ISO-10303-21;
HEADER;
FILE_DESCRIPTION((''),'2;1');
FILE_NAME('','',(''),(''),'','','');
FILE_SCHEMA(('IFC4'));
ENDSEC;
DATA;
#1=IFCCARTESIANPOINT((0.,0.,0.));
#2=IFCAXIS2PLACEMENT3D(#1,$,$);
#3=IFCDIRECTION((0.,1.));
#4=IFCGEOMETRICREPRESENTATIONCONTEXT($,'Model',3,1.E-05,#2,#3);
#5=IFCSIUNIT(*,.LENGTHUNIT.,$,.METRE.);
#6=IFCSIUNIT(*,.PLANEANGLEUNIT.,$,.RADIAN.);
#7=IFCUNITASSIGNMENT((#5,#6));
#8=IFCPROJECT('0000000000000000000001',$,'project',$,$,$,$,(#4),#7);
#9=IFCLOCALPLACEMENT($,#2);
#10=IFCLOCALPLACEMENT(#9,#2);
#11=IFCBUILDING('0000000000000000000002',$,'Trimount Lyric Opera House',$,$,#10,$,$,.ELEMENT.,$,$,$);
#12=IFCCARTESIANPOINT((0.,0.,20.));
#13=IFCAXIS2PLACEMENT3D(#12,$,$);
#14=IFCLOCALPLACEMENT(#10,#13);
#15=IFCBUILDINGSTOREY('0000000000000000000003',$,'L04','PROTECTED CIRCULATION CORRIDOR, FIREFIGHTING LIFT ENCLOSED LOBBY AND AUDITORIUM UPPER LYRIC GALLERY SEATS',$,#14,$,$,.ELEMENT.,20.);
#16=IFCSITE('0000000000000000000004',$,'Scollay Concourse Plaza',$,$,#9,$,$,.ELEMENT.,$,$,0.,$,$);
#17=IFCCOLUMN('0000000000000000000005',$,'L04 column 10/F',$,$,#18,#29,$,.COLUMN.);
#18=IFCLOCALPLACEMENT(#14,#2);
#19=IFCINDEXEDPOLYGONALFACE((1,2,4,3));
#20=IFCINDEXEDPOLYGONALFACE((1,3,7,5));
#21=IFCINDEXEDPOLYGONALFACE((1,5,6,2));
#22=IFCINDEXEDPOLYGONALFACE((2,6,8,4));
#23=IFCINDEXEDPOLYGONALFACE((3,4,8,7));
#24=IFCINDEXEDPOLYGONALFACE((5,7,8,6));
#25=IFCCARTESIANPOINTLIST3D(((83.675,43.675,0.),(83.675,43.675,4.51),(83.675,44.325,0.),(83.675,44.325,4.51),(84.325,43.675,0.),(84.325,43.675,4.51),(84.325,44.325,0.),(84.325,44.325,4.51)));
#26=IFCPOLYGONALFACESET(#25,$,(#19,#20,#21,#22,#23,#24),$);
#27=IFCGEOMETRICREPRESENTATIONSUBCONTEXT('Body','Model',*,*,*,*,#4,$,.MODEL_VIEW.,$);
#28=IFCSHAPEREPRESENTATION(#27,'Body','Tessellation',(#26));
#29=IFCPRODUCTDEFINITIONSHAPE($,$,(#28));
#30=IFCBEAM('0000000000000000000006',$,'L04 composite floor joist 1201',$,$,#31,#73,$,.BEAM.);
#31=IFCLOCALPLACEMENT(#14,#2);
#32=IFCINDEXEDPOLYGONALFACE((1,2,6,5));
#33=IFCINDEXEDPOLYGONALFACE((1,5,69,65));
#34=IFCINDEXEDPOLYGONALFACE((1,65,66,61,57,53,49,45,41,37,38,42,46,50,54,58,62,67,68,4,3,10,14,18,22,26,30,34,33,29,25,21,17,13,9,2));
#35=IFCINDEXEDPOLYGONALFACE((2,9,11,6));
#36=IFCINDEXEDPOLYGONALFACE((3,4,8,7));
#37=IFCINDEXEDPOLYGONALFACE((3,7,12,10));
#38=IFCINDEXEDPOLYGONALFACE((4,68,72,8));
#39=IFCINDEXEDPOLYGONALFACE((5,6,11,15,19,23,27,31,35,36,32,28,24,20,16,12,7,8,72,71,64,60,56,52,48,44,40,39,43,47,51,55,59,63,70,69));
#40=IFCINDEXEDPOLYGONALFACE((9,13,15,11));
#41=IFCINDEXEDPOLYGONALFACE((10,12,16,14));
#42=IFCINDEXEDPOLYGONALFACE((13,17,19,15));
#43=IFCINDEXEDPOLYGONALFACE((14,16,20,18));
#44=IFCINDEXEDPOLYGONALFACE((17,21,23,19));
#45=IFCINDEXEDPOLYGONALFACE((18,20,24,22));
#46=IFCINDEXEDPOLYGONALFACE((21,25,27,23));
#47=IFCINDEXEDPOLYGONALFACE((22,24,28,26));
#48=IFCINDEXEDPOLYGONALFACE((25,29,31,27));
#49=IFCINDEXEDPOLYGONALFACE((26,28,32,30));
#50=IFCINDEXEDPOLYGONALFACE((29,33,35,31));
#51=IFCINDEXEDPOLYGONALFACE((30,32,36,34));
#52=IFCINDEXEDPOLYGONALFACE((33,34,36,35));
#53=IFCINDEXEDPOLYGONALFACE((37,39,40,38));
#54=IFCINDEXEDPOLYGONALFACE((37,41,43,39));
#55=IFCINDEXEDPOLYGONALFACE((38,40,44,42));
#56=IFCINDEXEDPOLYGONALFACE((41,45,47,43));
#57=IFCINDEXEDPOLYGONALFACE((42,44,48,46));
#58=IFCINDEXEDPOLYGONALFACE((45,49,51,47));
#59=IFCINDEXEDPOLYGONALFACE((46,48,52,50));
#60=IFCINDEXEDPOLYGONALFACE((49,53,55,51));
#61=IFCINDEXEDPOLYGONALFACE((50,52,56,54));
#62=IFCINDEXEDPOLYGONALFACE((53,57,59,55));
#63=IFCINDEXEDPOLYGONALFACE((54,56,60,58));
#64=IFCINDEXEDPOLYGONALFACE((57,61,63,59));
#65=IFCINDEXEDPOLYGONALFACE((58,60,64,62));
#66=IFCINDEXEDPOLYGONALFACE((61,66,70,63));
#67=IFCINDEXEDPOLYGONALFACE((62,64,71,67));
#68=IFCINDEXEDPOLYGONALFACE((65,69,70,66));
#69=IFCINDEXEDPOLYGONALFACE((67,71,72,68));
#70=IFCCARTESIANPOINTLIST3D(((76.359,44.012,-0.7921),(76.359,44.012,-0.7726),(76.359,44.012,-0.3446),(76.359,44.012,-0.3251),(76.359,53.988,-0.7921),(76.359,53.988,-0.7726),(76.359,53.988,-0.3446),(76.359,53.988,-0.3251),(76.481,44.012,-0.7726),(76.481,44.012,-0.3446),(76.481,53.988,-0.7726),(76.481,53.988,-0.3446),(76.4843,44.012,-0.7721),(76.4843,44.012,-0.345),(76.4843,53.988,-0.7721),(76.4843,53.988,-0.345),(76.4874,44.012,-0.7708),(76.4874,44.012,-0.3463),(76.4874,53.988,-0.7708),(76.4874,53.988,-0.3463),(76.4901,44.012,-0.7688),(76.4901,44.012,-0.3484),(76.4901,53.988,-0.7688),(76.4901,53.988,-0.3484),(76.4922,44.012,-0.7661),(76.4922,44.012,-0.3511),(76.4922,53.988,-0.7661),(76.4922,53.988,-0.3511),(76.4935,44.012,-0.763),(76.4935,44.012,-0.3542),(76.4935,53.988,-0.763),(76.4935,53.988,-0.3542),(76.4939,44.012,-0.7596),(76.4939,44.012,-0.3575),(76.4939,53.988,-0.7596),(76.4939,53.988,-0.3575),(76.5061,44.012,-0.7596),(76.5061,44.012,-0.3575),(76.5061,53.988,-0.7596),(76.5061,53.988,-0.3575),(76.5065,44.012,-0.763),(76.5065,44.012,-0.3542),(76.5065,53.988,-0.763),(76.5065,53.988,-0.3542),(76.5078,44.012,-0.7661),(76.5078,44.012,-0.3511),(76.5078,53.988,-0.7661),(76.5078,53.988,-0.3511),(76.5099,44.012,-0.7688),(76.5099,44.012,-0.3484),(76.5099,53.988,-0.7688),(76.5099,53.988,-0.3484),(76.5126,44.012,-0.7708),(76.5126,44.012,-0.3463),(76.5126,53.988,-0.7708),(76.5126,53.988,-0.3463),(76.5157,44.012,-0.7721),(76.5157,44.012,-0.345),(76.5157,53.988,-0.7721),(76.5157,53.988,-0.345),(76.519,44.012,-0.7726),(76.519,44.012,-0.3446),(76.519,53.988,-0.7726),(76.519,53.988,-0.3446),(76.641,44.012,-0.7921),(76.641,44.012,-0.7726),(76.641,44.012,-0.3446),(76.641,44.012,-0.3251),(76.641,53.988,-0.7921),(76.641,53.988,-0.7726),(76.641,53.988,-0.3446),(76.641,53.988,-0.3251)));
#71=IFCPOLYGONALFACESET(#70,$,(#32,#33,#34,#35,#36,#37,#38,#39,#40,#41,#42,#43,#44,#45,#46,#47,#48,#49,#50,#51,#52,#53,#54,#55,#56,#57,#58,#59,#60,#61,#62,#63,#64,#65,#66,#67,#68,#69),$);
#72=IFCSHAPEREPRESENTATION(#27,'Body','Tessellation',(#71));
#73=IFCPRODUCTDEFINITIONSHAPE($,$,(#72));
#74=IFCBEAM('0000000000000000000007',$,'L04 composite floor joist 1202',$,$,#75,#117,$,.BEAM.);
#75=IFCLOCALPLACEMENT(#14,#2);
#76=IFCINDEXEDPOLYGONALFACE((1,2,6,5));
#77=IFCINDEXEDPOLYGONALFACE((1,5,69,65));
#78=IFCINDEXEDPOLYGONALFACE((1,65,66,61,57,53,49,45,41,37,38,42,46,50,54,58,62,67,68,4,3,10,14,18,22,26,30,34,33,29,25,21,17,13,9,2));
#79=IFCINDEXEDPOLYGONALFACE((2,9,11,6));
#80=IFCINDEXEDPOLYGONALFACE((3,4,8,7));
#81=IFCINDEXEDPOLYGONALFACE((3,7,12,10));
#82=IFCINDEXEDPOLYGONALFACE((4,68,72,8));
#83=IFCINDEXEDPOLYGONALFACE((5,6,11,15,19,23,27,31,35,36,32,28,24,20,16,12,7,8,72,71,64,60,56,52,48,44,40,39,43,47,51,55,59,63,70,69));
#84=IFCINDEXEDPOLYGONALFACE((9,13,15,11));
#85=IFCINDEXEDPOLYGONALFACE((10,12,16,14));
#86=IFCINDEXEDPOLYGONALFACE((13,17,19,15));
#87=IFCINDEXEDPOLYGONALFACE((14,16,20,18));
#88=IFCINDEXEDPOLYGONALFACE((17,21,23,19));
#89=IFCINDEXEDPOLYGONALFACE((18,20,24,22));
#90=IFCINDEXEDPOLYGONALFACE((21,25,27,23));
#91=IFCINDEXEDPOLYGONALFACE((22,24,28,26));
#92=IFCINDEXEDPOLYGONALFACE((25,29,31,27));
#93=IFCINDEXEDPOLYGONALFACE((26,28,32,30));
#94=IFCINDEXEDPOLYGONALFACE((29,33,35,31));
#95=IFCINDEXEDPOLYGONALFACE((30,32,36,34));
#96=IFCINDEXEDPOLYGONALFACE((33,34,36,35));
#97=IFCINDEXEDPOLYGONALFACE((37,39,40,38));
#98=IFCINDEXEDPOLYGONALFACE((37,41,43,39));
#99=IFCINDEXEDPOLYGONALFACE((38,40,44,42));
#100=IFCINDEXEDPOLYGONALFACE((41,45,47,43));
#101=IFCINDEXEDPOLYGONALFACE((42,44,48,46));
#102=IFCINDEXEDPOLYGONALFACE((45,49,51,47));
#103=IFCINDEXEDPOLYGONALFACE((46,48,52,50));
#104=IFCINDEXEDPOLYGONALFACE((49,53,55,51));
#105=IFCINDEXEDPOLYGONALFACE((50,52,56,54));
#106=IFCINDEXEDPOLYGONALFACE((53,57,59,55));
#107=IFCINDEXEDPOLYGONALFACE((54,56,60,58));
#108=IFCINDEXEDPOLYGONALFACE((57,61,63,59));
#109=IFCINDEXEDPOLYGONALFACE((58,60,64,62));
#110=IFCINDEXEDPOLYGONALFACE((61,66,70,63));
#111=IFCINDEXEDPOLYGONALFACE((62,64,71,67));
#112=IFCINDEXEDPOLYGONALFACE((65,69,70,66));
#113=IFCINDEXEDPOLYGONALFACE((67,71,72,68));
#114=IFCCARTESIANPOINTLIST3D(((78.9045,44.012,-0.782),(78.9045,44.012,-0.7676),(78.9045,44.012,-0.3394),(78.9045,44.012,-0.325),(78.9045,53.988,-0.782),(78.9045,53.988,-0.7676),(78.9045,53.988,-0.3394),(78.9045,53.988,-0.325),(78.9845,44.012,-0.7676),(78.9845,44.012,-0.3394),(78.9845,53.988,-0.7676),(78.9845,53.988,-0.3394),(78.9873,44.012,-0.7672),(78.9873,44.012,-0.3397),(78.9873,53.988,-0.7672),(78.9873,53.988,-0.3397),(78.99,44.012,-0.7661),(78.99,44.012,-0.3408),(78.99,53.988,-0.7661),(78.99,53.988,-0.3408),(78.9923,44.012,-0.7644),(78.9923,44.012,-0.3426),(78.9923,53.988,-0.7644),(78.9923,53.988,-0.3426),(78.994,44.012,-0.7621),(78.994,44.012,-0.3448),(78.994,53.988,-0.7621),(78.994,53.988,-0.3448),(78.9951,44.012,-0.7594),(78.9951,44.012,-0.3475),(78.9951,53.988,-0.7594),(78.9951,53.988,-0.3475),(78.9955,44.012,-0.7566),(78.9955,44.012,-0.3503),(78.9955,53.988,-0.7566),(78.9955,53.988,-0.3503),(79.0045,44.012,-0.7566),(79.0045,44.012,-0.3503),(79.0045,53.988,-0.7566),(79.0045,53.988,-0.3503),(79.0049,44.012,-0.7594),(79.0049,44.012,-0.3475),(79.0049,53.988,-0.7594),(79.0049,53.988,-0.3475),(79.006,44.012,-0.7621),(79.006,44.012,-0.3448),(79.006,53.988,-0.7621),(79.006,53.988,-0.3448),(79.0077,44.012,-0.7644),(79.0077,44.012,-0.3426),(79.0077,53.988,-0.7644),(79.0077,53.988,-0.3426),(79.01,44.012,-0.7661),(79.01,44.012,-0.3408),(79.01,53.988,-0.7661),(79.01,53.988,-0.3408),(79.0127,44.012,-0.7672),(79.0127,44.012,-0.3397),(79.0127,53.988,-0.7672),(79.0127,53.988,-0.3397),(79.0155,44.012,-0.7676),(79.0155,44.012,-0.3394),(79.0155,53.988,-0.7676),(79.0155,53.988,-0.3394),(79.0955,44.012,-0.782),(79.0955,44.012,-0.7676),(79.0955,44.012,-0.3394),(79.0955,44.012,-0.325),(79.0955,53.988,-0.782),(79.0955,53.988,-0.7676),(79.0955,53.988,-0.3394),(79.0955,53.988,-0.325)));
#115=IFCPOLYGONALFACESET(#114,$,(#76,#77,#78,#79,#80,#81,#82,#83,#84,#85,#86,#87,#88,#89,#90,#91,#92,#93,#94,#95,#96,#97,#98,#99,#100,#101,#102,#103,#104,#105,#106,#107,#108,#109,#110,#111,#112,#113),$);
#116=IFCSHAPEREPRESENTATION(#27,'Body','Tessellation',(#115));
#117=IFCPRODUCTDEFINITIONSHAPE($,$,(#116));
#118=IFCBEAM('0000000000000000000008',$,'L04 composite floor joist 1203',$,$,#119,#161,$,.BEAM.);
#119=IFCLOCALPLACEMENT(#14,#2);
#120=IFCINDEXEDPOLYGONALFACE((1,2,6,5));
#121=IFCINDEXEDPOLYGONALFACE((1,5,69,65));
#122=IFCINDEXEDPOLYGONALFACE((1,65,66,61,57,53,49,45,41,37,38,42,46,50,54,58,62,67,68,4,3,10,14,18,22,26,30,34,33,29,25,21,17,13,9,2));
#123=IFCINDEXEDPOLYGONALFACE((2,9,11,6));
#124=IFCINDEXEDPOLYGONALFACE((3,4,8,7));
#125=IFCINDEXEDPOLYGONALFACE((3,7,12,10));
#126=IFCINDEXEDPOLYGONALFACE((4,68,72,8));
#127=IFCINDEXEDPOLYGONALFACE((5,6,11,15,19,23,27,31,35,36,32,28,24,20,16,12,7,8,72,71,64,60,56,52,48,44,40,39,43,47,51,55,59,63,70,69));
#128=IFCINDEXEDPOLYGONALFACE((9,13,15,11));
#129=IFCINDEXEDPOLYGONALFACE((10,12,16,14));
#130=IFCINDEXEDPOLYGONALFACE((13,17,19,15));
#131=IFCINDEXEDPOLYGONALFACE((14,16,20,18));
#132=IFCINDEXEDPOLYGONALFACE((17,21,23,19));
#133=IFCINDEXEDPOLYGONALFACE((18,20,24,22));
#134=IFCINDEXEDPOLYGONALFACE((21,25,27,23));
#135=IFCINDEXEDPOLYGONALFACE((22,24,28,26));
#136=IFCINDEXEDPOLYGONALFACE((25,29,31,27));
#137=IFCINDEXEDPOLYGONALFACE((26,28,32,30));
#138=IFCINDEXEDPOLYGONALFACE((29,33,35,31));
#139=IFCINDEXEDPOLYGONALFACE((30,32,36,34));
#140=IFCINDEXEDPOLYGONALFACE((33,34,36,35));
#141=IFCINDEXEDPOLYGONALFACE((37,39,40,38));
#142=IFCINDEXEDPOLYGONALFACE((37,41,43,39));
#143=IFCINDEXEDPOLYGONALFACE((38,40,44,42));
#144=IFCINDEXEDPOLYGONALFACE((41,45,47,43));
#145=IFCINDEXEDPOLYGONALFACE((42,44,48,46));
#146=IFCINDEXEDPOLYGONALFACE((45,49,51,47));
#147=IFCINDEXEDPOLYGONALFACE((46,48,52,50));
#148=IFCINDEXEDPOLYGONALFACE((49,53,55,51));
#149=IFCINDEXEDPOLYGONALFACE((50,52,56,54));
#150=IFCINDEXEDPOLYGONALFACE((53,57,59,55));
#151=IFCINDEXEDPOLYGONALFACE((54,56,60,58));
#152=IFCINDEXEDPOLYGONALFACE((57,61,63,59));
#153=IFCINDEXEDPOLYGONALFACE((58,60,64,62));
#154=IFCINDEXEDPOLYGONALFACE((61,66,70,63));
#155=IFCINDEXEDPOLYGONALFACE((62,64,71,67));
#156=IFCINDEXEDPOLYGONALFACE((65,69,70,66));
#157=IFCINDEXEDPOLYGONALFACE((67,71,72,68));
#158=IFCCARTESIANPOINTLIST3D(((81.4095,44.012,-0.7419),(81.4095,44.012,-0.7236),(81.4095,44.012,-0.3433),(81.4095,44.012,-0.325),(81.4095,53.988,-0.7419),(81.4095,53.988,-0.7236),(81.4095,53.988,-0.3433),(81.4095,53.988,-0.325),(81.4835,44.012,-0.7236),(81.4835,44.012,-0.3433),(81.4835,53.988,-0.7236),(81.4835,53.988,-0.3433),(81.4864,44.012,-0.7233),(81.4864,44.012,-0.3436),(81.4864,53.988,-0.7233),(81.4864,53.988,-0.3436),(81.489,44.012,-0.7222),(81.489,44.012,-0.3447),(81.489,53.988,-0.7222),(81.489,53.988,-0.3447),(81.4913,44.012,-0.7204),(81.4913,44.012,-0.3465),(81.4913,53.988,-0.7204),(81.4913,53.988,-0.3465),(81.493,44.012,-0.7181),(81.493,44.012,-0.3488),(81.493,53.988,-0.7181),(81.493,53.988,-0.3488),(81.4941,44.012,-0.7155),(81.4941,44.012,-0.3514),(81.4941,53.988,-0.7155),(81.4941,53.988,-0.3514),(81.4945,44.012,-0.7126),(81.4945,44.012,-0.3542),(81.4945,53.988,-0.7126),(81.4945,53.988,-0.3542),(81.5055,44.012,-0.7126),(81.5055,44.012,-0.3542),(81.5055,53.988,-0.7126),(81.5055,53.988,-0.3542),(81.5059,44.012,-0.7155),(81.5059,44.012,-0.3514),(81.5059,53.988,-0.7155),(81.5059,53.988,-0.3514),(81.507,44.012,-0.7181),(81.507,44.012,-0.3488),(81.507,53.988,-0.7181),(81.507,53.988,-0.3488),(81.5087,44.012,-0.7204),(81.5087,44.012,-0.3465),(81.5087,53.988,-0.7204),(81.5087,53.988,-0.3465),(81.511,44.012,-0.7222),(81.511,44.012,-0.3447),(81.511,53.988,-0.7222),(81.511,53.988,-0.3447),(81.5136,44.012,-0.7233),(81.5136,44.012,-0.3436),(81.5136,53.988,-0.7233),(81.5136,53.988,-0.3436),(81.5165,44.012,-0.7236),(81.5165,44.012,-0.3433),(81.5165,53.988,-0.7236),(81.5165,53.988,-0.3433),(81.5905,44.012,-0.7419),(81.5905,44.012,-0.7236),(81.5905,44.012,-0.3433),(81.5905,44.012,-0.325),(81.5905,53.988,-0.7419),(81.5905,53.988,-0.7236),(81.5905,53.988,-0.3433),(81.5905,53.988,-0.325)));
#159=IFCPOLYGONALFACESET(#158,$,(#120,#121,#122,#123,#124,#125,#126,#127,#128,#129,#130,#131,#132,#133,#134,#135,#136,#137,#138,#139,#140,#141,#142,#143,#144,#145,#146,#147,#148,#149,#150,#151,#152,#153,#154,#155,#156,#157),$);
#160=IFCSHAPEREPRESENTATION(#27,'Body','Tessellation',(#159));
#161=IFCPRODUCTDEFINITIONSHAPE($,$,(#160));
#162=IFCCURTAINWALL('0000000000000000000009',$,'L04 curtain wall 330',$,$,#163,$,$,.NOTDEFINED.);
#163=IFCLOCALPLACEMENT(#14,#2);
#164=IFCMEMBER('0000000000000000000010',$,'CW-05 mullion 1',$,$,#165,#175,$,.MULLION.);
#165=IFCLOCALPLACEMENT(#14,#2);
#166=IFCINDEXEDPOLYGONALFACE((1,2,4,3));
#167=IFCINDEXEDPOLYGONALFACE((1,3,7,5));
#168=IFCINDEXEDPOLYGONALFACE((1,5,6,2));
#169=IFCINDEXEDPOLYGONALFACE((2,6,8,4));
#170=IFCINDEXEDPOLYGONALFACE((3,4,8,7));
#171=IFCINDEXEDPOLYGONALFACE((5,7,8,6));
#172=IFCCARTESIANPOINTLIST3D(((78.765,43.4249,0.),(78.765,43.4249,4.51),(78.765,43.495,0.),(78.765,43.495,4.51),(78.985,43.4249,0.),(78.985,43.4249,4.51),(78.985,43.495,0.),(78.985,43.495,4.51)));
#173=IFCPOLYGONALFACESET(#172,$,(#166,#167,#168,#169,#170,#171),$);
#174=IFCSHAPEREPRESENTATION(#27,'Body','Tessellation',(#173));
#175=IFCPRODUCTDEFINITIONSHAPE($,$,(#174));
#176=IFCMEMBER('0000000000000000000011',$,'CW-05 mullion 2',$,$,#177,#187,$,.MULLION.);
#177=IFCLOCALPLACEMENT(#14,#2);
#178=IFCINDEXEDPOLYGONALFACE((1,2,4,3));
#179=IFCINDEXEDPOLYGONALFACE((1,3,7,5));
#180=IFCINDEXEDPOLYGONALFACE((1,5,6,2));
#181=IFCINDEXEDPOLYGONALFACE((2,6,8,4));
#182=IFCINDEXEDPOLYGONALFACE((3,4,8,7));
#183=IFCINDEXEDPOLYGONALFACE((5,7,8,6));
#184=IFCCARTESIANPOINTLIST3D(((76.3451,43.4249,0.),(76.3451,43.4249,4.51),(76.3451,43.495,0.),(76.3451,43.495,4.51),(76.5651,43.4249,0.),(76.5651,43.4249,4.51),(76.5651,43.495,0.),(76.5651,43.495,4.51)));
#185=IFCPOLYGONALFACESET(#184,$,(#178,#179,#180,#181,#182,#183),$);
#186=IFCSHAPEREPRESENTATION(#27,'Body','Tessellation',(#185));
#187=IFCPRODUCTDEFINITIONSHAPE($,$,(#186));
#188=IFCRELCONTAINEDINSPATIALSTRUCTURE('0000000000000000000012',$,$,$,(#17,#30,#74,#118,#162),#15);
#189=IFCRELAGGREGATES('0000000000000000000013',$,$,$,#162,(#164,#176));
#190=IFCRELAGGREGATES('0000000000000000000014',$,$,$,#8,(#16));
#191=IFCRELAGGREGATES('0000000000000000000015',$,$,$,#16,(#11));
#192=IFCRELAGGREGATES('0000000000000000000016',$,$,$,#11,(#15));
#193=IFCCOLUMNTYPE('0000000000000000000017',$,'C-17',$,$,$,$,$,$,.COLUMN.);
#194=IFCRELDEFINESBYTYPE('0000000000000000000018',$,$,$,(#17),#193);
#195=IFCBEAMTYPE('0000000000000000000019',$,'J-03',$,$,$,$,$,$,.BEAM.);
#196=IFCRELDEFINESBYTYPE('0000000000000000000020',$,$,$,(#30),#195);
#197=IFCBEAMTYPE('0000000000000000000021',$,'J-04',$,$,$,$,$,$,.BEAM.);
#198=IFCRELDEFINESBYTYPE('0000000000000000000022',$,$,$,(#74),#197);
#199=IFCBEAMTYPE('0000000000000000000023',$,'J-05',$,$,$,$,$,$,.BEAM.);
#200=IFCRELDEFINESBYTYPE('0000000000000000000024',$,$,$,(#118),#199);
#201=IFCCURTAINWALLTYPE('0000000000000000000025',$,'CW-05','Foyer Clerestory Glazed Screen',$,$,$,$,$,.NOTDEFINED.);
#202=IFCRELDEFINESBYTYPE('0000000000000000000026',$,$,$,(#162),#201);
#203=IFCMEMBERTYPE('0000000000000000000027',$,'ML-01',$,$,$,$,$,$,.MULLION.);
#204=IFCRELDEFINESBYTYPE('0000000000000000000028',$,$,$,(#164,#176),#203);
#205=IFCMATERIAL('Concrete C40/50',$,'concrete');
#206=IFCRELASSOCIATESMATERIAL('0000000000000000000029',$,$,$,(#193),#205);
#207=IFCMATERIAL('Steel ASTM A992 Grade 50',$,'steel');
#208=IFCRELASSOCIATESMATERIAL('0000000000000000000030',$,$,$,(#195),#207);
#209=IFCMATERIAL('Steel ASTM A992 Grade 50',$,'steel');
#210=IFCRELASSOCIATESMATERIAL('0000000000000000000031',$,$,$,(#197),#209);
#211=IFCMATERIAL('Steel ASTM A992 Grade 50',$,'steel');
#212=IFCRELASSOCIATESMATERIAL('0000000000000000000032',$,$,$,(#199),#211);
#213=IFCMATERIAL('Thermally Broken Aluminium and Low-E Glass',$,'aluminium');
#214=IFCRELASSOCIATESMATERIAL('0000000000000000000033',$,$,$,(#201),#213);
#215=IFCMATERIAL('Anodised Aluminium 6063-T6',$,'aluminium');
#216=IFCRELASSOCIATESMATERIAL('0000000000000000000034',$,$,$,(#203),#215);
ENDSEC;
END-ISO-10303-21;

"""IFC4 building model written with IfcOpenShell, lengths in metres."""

from ifc_helpers import new_model, si_unit, direction, frame, origin, origin_2d, place, context, subcontext, project, spatial, rectangle, i_section, extrude, material, material_profile, profile_set, type_object, element, aggregate, save


model = new_model("IFC4")

# Units and contexts
model_context = context("Model", 3, precision=1e-05, world=origin(), true_north=direction((0.0, 1.0)))
body_context = subcontext(model_context, "Body", "Model", "MODEL_VIEW")
ifc_project = project(units=[si_unit("LENGTHUNIT", "METRE"), si_unit("PLANEANGLEUNIT", "RADIAN")], contexts=[model_context])

# Site, building, storey
site_placement = place(None, origin())
site = spatial("IfcSite", under=ifc_project, at=site_placement, Name="Scollay Concourse Plaza", CompositionType="ELEMENT", RefElevation=0.0)
building_placement = place(site_placement, origin())
building = spatial("IfcBuilding", under=site, at=building_placement, Name="Trimount Lyric Opera House", CompositionType="ELEMENT")
storey_placement = place(building_placement, frame((0.0, 0.0, 20.0)))
storey = spatial("IfcBuildingStorey", under=building, at=storey_placement, Name="L04", Description="PROTECTED CIRCULATION CORRIDOR, FIREFIGHTING LIFT ENCLOSED LOBBY AND AUDITORIUM UPPER LYRIC GALLERY SEATS", CompositionType="ELEMENT", Elevation=20.0)

# Column
ifc_material_1 = material(Name="Concrete C40/50", Category="concrete")
ifc_material_profile_1 = material_profile(ifc_material_1, rectangle(XDim=0.6499, YDim=0.6499, at=origin_2d()), Name="RC650X650")
ifc_profile_set_1 = profile_set([ifc_material_profile_1], Name="Concrete C40/50")
column_type = type_object("IfcColumnType", Name="C-17", PredefinedType="COLUMN", material=ifc_profile_set_1)
column_placement = place(storey_placement, frame((84.0, 44.0, 0.0), z_axis=(0.0, 0.0, 1.0), x_axis=(1.0, 0.0, 0.0)))
element("IfcColumn", 1, at=column_placement, inside=storey, type_object=column_type, Name="L04 column 10/F", PredefinedType="COLUMN", context=body_context, shape_type="SweptSolid", body=[
    extrude(rectangle(XDim=0.6499, YDim=0.6499, at=origin_2d()), origin(), (0.0, 0.0, 1.0), 4.51),
])

# Beams
ifc_material_2 = material(Name="Steel ASTM A992 Grade 50", Category="steel")
ifc_material_profile_2 = material_profile(ifc_material_2, i_section(OverallWidth=0.282, OverallDepth=0.467, WebThickness=0.0122, FlangeThickness=0.0195, FilletRadius=0.0129, at=origin_2d()), Name="W18X86")
ifc_profile_set_2 = profile_set([ifc_material_profile_2], Name="Steel ASTM A992 Grade 50")
beam_type_1 = type_object("IfcBeamType", Name="J-03", PredefinedType="BEAM", material=ifc_profile_set_2)
beam_1_placement = place(storey_placement, frame((76.5, 44.012, -0.5586), z_axis=(0.0, 1.0, 0.0), x_axis=(-1.0, 0.0, 0.0)))
element("IfcBeam", 2, at=beam_1_placement, inside=storey, type_object=beam_type_1, Name="L04 composite floor joist 1201", PredefinedType="BEAM", context=body_context, shape_type="SweptSolid", body=[
    extrude(i_section(OverallWidth=0.282, OverallDepth=0.467, WebThickness=0.0122, FlangeThickness=0.0195, FilletRadius=0.0129, at=origin_2d()), origin(), (0.0, 0.0, 1.0), 9.9761),
])
ifc_material_3 = material(Name="Steel ASTM A992 Grade 50", Category="steel")
ifc_material_profile_3 = material_profile(ifc_material_3, i_section(OverallWidth=0.1909, OverallDepth=0.457, WebThickness=0.009, FlangeThickness=0.0144, FilletRadius=0.011, at=origin_2d()), Name="W18X50")
ifc_profile_set_3 = profile_set([ifc_material_profile_3], Name="Steel ASTM A992 Grade 50")
beam_type_2 = type_object("IfcBeamType", Name="J-04", PredefinedType="BEAM", material=ifc_profile_set_3)
beam_2_placement = place(storey_placement, frame((79.0, 44.012, -0.5535), z_axis=(0.0, 1.0, 0.0), x_axis=(-1.0, 0.0, 0.0)))
element("IfcBeam", 3, at=beam_2_placement, inside=storey, type_object=beam_type_2, Name="L04 composite floor joist 1202", PredefinedType="BEAM", context=body_context, shape_type="SweptSolid", body=[
    extrude(i_section(OverallWidth=0.1909, OverallDepth=0.457, WebThickness=0.009, FlangeThickness=0.0144, FilletRadius=0.011, at=origin_2d()), origin(), (0.0, 0.0, 1.0), 9.9761),
])
ifc_material_4 = material(Name="Steel ASTM A992 Grade 50", Category="steel")
ifc_material_profile_4 = material_profile(ifc_material_4, i_section(OverallWidth=0.1809, OverallDepth=0.417, WebThickness=0.011, FlangeThickness=0.0183, FilletRadius=0.011, at=origin_2d()), Name="W16X57")
ifc_profile_set_4 = profile_set([ifc_material_profile_4], Name="Steel ASTM A992 Grade 50")
beam_type_3 = type_object("IfcBeamType", Name="J-05", PredefinedType="BEAM", material=ifc_profile_set_4)
beam_3_placement = place(storey_placement, frame((81.5, 44.012, -0.5334), z_axis=(0.0, 1.0, 0.0), x_axis=(-1.0, 0.0, 0.0)))
element("IfcBeam", 4, at=beam_3_placement, inside=storey, type_object=beam_type_3, Name="L04 composite floor joist 1203", PredefinedType="BEAM", context=body_context, shape_type="SweptSolid", body=[
    extrude(i_section(OverallWidth=0.1809, OverallDepth=0.417, WebThickness=0.011, FlangeThickness=0.0183, FilletRadius=0.011, at=origin_2d()), origin(), (0.0, 0.0, 1.0), 9.9761),
])

# Curtain wall, members
ifc_material_5 = material(Name="Thermally Broken Aluminium and Low-E Glass", Category="aluminium")
curtain_wall_type = type_object("IfcCurtainWallType", Name="CW-05", Description="Foyer Clerestory Glazed Screen", PredefinedType="NOTDEFINED", material=ifc_material_5)
curtain_wall_1_placement = place(storey_placement, origin())
curtain_wall_1 = element("IfcCurtainWall", 5, at=curtain_wall_1_placement, inside=storey, type_object=curtain_wall_type, Name="L04 curtain wall 330", PredefinedType="NOTDEFINED")
ifc_material_6 = material(Name="Anodised Aluminium 6063-T6", Category="aluminium")
ifc_material_profile_5 = material_profile(ifc_material_6, rectangle(XDim=0.0701, YDim=0.22, at=origin_2d()), Name="ALU-MULL-70X220")
ifc_profile_set_5 = profile_set([ifc_material_profile_5], Name="Anodised Aluminium 6063-T6")
member_type_1 = type_object("IfcMemberType", Name="ML-01", PredefinedType="MULLION", material=ifc_profile_set_5)
member_1_placement = place(storey_placement, frame((78.875, 43.46, 0.0), z_axis=(0.0, 0.0, 1.0), x_axis=(0.0, -1.0, 0.0)))
member_1 = element("IfcMember", 6, at=member_1_placement, type_object=member_type_1, Name="CW-05 mullion 1", PredefinedType="MULLION", context=body_context, shape_type="SweptSolid", body=[
    extrude(rectangle(XDim=0.0701, YDim=0.22, at=origin_2d()), origin(), (0.0, 0.0, 1.0), 4.51),
])
member_2_placement = place(storey_placement, frame((76.4551, 43.46, 0.0), z_axis=(0.0, 0.0, 1.0), x_axis=(0.0, -1.0, 0.0)))
member_2 = element("IfcMember", 7, at=member_2_placement, type_object=member_type_1, Name="CW-05 mullion 2", PredefinedType="MULLION", context=body_context, shape_type="SweptSolid", body=[
    extrude(rectangle(XDim=0.0701, YDim=0.22, at=origin_2d()), origin(), (0.0, 0.0, 1.0), 4.51),
])

aggregate(curtain_wall_1, [member_1, member_2])

save(model, "model.ifc")
